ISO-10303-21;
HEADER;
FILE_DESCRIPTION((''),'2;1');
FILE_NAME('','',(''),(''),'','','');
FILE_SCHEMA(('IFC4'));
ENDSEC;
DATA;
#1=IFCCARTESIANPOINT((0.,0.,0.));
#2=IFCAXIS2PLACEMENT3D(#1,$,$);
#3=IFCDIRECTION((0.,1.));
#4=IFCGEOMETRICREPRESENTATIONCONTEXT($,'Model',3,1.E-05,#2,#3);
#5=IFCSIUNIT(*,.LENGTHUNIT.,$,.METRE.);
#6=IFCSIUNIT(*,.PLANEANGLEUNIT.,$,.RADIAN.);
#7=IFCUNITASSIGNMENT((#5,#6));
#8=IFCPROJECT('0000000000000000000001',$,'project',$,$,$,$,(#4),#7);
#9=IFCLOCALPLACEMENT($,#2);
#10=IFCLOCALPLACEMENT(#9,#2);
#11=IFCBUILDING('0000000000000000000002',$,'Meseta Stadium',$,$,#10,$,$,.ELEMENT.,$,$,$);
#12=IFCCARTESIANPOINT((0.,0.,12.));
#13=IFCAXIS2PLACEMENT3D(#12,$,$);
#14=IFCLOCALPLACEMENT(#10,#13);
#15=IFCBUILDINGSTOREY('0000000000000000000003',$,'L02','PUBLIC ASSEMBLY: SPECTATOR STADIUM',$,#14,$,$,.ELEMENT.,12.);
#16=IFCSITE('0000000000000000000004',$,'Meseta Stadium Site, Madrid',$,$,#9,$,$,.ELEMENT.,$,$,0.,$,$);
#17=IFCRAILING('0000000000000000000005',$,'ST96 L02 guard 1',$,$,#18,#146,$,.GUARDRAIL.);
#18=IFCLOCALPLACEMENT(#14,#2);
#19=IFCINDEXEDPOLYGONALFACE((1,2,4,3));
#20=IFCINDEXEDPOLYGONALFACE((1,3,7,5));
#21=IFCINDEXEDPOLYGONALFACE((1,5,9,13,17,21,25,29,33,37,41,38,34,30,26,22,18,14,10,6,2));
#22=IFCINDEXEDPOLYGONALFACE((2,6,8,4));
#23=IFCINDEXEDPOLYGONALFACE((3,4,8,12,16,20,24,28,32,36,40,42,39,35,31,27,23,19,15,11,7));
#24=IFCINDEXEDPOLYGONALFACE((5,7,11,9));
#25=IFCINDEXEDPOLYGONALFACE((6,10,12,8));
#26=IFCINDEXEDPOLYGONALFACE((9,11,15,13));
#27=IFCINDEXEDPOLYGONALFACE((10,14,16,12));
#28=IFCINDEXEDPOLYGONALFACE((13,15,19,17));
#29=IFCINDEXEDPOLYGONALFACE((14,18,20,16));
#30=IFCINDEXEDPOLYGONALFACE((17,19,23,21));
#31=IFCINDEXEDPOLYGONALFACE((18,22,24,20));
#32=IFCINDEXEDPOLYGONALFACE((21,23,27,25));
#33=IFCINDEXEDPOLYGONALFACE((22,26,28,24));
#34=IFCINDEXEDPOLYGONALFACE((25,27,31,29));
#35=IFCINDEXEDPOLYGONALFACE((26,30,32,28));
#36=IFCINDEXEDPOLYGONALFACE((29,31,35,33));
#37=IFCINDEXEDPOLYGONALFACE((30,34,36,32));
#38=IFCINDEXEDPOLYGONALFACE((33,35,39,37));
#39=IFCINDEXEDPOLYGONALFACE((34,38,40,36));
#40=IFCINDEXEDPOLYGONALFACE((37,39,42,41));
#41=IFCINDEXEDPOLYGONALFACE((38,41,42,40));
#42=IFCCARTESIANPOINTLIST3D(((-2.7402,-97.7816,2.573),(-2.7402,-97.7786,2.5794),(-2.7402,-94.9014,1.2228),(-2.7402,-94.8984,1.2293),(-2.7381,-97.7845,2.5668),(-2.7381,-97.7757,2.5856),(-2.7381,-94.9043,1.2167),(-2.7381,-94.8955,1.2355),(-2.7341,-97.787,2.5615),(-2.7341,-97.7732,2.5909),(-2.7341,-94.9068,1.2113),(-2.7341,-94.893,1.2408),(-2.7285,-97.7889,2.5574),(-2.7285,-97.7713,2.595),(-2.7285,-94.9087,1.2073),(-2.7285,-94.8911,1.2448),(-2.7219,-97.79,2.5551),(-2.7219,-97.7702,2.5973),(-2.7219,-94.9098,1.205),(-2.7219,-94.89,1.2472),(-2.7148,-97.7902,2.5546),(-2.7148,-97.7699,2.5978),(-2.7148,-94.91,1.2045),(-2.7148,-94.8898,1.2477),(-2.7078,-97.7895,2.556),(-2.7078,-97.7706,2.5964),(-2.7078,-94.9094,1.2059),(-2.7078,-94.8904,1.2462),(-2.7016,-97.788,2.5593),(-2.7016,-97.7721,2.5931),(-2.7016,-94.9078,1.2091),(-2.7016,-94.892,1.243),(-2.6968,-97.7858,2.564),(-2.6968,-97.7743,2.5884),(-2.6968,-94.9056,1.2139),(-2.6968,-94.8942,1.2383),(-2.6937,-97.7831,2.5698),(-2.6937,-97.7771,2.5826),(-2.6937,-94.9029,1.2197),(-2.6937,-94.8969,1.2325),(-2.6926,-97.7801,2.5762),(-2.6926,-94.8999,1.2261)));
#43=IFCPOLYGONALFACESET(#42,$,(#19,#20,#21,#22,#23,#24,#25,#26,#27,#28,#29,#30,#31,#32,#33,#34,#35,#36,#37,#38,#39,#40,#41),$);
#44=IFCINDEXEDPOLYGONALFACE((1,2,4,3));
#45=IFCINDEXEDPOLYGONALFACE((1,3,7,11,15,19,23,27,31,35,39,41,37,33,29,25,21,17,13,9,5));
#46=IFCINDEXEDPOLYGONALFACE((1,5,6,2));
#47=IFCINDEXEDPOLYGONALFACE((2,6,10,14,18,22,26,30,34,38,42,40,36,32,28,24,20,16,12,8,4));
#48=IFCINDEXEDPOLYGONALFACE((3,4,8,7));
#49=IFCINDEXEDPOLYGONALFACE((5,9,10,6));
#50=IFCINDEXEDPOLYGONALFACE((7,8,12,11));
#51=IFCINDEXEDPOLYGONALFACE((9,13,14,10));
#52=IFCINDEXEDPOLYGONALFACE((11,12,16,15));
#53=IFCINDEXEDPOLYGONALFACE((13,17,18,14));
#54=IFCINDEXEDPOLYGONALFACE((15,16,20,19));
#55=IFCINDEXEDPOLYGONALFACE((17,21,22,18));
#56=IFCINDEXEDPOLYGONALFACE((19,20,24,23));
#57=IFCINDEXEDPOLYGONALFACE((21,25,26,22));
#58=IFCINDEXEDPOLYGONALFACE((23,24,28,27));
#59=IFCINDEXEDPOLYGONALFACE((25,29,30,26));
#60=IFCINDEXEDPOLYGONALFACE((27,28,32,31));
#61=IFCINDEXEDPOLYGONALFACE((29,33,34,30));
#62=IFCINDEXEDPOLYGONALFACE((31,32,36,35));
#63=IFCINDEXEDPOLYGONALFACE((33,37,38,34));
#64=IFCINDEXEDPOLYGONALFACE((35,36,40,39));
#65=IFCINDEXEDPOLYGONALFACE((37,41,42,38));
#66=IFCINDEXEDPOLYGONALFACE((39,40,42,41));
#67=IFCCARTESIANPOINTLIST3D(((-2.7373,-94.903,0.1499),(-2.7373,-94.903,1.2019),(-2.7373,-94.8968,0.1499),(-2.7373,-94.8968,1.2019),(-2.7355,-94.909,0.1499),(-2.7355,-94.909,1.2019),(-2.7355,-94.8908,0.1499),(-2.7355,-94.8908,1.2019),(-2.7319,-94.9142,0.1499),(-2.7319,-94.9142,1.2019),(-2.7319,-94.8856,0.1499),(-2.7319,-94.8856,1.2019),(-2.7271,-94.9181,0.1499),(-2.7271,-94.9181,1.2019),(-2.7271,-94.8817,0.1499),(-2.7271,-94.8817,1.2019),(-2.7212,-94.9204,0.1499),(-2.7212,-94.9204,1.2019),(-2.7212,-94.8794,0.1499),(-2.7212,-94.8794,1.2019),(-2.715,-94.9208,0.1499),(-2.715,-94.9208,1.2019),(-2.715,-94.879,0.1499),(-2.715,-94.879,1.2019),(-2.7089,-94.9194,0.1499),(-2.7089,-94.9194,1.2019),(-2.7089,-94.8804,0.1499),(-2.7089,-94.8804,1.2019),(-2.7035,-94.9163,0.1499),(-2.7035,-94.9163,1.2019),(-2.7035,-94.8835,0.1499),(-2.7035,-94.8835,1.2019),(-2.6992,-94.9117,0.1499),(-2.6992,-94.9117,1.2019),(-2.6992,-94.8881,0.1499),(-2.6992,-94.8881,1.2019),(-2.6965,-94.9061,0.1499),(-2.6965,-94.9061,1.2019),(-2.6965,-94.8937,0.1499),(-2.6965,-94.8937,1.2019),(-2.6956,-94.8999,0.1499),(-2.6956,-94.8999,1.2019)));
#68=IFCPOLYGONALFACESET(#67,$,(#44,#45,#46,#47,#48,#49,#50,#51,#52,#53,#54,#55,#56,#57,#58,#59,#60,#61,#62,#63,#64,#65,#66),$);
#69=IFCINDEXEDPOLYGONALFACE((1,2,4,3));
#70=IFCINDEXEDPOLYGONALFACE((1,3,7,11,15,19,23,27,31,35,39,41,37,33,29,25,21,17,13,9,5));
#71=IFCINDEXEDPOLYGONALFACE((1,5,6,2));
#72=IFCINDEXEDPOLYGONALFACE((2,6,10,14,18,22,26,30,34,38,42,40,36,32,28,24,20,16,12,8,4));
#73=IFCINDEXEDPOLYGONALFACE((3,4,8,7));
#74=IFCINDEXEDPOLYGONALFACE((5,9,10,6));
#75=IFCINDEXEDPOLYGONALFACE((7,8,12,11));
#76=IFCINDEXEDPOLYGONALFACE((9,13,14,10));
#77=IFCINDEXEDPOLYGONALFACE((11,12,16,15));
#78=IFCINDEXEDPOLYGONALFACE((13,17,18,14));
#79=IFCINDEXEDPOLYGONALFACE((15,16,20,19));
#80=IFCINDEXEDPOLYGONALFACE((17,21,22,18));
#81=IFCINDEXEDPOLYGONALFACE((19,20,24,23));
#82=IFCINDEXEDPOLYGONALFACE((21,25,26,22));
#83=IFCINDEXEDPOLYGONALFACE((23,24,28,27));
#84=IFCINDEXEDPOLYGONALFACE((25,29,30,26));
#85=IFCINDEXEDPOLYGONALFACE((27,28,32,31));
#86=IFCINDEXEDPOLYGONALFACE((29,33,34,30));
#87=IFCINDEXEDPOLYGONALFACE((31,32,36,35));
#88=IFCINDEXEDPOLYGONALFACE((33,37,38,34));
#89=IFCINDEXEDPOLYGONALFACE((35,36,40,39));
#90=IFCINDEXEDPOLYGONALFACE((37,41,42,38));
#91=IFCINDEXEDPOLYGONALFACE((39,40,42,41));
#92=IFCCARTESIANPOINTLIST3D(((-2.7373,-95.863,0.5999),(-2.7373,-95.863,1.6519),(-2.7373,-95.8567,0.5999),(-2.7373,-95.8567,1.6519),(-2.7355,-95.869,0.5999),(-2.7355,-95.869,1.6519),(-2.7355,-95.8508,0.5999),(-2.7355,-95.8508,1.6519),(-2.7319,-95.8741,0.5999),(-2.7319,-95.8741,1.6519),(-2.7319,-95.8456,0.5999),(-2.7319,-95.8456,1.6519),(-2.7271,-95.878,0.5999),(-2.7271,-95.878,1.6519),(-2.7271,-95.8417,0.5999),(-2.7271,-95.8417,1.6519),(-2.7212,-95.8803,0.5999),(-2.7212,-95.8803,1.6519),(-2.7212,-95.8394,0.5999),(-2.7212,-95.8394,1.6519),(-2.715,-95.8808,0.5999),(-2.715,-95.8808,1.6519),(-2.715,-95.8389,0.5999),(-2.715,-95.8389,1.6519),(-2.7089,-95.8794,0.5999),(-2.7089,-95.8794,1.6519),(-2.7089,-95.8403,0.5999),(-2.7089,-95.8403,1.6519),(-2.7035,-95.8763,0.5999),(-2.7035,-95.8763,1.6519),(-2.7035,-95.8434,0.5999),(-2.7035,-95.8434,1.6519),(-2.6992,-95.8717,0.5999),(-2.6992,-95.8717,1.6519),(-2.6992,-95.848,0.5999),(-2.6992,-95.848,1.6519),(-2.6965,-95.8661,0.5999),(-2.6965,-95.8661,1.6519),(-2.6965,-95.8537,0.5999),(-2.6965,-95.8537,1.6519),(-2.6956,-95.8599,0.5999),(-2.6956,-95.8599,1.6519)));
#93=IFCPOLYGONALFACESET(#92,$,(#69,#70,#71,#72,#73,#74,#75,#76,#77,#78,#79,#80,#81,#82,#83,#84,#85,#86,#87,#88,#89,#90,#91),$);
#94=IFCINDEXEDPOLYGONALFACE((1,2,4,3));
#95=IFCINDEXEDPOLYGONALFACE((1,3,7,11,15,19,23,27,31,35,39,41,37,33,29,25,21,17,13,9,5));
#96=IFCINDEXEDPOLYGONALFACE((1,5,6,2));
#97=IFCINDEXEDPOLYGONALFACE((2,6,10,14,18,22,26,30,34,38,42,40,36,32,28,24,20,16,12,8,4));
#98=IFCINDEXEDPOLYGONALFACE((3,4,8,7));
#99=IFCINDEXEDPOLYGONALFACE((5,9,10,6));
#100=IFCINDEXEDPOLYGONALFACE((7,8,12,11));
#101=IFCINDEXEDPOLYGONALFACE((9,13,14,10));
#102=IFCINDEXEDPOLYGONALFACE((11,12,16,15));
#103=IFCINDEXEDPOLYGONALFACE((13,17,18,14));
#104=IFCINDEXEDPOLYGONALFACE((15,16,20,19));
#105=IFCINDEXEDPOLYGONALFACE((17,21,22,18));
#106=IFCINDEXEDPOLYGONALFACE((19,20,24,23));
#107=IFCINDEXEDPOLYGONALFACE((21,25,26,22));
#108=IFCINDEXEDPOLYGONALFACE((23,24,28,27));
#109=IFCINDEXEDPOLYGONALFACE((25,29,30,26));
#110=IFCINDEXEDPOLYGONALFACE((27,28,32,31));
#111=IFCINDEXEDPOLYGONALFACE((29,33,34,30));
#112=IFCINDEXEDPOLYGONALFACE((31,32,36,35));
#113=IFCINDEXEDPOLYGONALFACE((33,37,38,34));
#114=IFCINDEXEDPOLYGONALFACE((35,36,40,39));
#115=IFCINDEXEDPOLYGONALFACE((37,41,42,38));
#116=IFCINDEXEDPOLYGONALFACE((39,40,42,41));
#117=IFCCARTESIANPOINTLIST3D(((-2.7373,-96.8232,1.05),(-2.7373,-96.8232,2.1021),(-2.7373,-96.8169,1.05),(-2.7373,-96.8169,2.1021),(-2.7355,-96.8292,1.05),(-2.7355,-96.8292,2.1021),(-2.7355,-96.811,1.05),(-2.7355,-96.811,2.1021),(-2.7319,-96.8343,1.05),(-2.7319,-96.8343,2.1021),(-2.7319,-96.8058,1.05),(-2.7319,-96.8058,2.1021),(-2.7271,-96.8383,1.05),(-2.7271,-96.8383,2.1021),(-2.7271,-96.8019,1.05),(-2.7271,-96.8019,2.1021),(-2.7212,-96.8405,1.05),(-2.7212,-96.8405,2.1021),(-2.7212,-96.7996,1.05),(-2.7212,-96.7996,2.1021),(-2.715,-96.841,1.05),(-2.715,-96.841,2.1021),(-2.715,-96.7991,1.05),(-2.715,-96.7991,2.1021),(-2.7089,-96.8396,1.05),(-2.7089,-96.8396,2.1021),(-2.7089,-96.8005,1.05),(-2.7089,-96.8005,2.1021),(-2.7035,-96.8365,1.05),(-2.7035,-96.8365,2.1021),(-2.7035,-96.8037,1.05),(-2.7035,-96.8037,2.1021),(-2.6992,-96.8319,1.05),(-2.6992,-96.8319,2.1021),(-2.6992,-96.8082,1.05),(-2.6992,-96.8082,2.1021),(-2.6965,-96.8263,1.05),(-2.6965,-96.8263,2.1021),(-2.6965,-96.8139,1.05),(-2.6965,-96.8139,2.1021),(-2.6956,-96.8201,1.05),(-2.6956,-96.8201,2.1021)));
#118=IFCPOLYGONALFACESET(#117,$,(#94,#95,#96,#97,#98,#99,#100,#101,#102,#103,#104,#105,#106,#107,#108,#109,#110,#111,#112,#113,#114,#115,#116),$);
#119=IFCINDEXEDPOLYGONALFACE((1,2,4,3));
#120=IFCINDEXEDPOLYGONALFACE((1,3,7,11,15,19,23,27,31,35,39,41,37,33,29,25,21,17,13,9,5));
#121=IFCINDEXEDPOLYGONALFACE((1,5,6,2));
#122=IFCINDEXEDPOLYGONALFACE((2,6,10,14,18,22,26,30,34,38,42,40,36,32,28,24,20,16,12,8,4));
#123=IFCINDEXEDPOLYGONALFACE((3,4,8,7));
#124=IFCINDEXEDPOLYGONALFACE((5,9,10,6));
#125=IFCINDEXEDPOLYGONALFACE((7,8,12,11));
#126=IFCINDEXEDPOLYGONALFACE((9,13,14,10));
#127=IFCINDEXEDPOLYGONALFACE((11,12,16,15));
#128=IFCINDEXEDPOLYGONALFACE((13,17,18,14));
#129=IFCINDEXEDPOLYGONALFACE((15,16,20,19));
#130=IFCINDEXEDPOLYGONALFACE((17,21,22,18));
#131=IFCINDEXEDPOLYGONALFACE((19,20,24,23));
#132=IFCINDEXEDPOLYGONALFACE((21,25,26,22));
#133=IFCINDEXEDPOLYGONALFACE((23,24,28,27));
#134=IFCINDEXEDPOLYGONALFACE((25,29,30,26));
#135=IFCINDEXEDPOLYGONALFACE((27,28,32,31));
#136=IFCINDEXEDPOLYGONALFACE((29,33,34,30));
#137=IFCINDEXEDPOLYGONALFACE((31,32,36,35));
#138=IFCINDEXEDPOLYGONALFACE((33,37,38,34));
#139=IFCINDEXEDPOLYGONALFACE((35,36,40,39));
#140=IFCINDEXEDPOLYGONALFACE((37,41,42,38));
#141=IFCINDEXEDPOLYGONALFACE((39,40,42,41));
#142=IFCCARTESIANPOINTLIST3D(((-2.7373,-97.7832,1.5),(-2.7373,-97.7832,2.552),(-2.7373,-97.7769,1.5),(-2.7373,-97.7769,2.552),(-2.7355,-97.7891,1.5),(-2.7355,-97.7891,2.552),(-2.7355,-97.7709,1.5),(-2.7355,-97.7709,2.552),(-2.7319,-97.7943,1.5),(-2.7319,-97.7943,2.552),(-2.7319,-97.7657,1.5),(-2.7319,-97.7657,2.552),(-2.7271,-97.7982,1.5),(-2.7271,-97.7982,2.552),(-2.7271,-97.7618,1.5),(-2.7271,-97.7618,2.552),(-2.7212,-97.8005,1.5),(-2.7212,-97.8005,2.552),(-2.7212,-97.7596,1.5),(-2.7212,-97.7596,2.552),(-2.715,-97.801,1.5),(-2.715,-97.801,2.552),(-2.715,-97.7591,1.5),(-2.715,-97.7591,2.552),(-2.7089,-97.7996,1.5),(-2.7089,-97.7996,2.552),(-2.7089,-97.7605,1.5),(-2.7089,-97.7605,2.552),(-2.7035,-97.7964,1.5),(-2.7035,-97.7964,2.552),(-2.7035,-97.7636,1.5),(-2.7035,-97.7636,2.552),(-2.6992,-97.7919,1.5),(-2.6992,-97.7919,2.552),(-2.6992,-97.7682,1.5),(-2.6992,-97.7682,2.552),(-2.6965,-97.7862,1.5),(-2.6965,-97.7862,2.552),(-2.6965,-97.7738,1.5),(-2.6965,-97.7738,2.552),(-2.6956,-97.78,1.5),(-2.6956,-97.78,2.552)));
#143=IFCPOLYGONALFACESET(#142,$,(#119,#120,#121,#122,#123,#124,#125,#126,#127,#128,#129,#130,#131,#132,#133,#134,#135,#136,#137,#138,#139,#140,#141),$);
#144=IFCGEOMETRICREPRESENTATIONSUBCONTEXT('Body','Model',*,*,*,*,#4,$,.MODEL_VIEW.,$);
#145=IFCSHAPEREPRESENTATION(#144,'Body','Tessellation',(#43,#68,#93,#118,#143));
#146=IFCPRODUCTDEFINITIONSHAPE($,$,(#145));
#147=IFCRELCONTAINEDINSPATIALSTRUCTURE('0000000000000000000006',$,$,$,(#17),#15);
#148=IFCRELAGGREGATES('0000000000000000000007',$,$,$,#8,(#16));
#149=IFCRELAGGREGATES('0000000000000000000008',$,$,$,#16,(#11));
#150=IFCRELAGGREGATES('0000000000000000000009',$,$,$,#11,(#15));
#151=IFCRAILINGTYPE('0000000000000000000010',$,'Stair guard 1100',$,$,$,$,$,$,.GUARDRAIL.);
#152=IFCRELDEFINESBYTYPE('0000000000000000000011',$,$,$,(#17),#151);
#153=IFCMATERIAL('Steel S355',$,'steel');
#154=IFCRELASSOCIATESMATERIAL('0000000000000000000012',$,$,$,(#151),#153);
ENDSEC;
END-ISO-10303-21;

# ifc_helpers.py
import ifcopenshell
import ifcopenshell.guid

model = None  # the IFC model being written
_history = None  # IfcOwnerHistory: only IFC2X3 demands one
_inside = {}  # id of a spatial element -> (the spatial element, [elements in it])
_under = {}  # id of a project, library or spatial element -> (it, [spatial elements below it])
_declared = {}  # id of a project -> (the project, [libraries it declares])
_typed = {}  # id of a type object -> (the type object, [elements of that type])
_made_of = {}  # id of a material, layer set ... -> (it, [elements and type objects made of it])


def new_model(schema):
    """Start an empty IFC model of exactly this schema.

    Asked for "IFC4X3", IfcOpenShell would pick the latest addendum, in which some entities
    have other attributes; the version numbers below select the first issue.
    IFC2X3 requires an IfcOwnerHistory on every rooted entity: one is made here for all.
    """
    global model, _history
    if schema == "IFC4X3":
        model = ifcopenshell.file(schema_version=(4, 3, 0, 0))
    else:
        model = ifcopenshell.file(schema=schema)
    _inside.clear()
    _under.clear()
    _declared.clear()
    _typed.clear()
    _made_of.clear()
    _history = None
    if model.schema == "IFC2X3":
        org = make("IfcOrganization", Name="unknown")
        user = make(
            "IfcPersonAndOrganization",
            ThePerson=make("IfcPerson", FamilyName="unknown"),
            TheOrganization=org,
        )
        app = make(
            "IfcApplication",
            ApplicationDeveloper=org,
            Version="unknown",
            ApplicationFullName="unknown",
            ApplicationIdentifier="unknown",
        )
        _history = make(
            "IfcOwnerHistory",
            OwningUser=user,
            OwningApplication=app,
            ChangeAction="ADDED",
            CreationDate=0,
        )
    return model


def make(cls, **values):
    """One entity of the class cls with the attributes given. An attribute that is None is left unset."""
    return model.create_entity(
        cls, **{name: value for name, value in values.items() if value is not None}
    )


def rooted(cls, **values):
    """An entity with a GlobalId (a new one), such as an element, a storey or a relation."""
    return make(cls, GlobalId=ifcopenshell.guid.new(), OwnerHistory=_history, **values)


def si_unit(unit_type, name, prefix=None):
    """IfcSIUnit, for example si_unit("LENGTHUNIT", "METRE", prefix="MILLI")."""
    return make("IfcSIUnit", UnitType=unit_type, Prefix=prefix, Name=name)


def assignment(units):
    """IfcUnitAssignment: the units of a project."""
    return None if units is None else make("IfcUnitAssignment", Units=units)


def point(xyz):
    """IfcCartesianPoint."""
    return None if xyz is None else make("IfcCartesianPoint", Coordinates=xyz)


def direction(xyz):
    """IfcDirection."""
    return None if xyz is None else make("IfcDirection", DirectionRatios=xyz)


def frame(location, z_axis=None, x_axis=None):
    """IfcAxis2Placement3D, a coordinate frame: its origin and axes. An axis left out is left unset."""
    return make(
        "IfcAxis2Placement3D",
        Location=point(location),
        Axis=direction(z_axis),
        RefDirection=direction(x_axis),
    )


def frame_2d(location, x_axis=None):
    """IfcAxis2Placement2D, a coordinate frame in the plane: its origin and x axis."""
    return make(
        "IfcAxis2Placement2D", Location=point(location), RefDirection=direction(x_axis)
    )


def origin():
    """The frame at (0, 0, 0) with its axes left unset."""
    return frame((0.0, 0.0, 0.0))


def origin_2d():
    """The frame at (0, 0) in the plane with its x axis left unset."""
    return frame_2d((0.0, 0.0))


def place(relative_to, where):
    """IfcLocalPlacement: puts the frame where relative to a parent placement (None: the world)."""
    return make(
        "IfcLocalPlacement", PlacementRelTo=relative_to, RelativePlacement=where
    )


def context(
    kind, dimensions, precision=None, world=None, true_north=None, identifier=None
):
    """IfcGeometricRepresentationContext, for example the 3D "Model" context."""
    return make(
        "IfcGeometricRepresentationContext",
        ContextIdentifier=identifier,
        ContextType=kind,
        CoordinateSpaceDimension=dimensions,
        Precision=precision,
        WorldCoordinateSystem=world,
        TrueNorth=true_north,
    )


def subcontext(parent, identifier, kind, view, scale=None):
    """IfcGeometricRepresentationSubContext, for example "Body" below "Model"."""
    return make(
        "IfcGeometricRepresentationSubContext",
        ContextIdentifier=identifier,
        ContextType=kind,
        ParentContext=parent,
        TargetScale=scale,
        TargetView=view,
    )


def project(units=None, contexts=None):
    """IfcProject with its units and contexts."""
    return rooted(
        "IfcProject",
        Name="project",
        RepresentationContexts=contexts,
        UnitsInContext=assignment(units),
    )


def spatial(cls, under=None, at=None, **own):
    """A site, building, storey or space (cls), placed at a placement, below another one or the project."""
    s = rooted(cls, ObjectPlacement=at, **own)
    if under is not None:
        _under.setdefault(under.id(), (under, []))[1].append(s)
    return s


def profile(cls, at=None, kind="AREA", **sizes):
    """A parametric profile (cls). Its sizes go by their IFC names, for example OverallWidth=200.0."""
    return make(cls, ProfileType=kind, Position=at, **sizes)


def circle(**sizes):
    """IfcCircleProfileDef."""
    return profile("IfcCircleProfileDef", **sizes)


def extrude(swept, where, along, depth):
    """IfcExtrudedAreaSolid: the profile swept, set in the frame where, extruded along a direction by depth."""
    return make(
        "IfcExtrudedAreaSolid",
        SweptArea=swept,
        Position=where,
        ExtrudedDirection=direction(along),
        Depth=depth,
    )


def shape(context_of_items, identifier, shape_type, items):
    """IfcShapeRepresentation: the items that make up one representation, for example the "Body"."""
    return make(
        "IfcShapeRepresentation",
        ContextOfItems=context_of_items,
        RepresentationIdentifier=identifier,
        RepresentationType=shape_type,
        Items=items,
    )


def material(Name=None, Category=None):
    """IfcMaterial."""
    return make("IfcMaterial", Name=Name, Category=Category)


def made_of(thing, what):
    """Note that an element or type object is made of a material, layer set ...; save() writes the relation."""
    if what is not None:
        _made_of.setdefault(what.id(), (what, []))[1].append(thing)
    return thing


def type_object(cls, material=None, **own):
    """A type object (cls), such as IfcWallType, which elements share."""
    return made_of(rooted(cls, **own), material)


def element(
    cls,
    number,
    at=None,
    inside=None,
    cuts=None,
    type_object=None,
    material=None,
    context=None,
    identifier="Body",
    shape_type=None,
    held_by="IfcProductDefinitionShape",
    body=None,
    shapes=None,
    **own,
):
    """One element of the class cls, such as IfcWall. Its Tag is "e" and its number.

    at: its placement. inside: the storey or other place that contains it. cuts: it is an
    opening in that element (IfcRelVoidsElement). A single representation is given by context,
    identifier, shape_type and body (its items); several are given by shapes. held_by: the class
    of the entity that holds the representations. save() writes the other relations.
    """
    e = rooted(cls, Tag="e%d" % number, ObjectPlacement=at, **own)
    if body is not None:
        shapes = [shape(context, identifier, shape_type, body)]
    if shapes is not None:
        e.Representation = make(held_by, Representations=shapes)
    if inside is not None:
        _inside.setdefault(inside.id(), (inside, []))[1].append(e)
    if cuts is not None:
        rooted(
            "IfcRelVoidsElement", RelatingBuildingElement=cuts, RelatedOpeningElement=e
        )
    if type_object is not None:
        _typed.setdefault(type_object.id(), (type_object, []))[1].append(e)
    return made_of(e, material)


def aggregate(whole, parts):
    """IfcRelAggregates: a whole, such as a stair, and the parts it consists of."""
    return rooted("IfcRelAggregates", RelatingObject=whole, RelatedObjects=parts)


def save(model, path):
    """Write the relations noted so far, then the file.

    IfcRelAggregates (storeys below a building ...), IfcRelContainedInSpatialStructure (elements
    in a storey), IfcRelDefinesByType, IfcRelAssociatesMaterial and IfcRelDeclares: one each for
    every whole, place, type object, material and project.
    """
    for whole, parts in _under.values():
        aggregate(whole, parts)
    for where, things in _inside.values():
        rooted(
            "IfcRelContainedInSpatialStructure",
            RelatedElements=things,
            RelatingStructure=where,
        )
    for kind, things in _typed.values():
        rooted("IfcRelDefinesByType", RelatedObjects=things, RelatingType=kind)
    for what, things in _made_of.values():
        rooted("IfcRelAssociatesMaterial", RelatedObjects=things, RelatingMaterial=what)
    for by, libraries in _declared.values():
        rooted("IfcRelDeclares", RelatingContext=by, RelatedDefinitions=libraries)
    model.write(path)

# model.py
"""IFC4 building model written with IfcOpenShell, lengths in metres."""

from ifc_helpers import new_model, si_unit, direction, frame, origin, origin_2d, place, context, subcontext, project, spatial, circle, extrude, material, type_object, element, save


model = new_model("IFC4")

# Units and contexts
model_context = context("Model", 3, precision=1e-05, world=origin(), true_north=direction((0.0, 1.0)))
body_context = subcontext(model_context, "Body", "Model", "MODEL_VIEW")
ifc_project = project(units=[si_unit("LENGTHUNIT", "METRE"), si_unit("PLANEANGLEUNIT", "RADIAN")], contexts=[model_context])

# Site, building, storey
site_placement = place(None, origin())
site = spatial("IfcSite", under=ifc_project, at=site_placement, Name="Meseta Stadium Site, Madrid", CompositionType="ELEMENT", RefElevation=0.0)
building_placement = place(site_placement, origin())
building = spatial("IfcBuilding", under=site, at=building_placement, Name="Meseta Stadium", CompositionType="ELEMENT")
storey_placement = place(building_placement, frame((0.0, 0.0, 12.0)))
storey = spatial("IfcBuildingStorey", under=building, at=storey_placement, Name="L02", Description="PUBLIC ASSEMBLY: SPECTATOR STADIUM", CompositionType="ELEMENT", Elevation=12.0)

# Railing
ifc_material_1 = material(Name="Steel S355", Category="steel")
railing_type_1 = type_object("IfcRailingType", Name="Stair guard 1100", PredefinedType="GUARDRAIL", material=ifc_material_1)
railing_1_placement = place(storey_placement, frame((-2.7166, -94.8999, 0.1499)))
element("IfcRailing", 1, at=railing_1_placement, inside=storey, type_object=railing_type_1, Name="ST96 L02 guard 1", PredefinedType="GUARDRAIL", context=body_context, shape_type="SweptSolid", body=[
    extrude(circle(Radius=0.0239, at=origin_2d()), frame((0.0, 0.0, 1.0762), z_axis=(0.0, -0.905454, 0.424444), x_axis=(1.0, 0.0, 0.0)), (0.0, 0.0, 1.0), 3.1809),
    extrude(circle(Radius=0.021, at=origin_2d()), origin(), (0.0, 0.0, 1.0), 1.052),
    extrude(circle(Radius=0.021, at=origin_2d()), frame((0.0, -0.96, 0.45)), (0.0, 0.0, 1.0), 1.052),
    extrude(circle(Radius=0.021, at=origin_2d()), frame((0.0, -1.9202, 0.9001)), (0.0, 0.0, 1.0), 1.052),
    extrude(circle(Radius=0.021, at=origin_2d()), frame((0.0, -2.8801, 1.3501)), (0.0, 0.0, 1.0), 1.052),
])

save(model, "model.ifc")
